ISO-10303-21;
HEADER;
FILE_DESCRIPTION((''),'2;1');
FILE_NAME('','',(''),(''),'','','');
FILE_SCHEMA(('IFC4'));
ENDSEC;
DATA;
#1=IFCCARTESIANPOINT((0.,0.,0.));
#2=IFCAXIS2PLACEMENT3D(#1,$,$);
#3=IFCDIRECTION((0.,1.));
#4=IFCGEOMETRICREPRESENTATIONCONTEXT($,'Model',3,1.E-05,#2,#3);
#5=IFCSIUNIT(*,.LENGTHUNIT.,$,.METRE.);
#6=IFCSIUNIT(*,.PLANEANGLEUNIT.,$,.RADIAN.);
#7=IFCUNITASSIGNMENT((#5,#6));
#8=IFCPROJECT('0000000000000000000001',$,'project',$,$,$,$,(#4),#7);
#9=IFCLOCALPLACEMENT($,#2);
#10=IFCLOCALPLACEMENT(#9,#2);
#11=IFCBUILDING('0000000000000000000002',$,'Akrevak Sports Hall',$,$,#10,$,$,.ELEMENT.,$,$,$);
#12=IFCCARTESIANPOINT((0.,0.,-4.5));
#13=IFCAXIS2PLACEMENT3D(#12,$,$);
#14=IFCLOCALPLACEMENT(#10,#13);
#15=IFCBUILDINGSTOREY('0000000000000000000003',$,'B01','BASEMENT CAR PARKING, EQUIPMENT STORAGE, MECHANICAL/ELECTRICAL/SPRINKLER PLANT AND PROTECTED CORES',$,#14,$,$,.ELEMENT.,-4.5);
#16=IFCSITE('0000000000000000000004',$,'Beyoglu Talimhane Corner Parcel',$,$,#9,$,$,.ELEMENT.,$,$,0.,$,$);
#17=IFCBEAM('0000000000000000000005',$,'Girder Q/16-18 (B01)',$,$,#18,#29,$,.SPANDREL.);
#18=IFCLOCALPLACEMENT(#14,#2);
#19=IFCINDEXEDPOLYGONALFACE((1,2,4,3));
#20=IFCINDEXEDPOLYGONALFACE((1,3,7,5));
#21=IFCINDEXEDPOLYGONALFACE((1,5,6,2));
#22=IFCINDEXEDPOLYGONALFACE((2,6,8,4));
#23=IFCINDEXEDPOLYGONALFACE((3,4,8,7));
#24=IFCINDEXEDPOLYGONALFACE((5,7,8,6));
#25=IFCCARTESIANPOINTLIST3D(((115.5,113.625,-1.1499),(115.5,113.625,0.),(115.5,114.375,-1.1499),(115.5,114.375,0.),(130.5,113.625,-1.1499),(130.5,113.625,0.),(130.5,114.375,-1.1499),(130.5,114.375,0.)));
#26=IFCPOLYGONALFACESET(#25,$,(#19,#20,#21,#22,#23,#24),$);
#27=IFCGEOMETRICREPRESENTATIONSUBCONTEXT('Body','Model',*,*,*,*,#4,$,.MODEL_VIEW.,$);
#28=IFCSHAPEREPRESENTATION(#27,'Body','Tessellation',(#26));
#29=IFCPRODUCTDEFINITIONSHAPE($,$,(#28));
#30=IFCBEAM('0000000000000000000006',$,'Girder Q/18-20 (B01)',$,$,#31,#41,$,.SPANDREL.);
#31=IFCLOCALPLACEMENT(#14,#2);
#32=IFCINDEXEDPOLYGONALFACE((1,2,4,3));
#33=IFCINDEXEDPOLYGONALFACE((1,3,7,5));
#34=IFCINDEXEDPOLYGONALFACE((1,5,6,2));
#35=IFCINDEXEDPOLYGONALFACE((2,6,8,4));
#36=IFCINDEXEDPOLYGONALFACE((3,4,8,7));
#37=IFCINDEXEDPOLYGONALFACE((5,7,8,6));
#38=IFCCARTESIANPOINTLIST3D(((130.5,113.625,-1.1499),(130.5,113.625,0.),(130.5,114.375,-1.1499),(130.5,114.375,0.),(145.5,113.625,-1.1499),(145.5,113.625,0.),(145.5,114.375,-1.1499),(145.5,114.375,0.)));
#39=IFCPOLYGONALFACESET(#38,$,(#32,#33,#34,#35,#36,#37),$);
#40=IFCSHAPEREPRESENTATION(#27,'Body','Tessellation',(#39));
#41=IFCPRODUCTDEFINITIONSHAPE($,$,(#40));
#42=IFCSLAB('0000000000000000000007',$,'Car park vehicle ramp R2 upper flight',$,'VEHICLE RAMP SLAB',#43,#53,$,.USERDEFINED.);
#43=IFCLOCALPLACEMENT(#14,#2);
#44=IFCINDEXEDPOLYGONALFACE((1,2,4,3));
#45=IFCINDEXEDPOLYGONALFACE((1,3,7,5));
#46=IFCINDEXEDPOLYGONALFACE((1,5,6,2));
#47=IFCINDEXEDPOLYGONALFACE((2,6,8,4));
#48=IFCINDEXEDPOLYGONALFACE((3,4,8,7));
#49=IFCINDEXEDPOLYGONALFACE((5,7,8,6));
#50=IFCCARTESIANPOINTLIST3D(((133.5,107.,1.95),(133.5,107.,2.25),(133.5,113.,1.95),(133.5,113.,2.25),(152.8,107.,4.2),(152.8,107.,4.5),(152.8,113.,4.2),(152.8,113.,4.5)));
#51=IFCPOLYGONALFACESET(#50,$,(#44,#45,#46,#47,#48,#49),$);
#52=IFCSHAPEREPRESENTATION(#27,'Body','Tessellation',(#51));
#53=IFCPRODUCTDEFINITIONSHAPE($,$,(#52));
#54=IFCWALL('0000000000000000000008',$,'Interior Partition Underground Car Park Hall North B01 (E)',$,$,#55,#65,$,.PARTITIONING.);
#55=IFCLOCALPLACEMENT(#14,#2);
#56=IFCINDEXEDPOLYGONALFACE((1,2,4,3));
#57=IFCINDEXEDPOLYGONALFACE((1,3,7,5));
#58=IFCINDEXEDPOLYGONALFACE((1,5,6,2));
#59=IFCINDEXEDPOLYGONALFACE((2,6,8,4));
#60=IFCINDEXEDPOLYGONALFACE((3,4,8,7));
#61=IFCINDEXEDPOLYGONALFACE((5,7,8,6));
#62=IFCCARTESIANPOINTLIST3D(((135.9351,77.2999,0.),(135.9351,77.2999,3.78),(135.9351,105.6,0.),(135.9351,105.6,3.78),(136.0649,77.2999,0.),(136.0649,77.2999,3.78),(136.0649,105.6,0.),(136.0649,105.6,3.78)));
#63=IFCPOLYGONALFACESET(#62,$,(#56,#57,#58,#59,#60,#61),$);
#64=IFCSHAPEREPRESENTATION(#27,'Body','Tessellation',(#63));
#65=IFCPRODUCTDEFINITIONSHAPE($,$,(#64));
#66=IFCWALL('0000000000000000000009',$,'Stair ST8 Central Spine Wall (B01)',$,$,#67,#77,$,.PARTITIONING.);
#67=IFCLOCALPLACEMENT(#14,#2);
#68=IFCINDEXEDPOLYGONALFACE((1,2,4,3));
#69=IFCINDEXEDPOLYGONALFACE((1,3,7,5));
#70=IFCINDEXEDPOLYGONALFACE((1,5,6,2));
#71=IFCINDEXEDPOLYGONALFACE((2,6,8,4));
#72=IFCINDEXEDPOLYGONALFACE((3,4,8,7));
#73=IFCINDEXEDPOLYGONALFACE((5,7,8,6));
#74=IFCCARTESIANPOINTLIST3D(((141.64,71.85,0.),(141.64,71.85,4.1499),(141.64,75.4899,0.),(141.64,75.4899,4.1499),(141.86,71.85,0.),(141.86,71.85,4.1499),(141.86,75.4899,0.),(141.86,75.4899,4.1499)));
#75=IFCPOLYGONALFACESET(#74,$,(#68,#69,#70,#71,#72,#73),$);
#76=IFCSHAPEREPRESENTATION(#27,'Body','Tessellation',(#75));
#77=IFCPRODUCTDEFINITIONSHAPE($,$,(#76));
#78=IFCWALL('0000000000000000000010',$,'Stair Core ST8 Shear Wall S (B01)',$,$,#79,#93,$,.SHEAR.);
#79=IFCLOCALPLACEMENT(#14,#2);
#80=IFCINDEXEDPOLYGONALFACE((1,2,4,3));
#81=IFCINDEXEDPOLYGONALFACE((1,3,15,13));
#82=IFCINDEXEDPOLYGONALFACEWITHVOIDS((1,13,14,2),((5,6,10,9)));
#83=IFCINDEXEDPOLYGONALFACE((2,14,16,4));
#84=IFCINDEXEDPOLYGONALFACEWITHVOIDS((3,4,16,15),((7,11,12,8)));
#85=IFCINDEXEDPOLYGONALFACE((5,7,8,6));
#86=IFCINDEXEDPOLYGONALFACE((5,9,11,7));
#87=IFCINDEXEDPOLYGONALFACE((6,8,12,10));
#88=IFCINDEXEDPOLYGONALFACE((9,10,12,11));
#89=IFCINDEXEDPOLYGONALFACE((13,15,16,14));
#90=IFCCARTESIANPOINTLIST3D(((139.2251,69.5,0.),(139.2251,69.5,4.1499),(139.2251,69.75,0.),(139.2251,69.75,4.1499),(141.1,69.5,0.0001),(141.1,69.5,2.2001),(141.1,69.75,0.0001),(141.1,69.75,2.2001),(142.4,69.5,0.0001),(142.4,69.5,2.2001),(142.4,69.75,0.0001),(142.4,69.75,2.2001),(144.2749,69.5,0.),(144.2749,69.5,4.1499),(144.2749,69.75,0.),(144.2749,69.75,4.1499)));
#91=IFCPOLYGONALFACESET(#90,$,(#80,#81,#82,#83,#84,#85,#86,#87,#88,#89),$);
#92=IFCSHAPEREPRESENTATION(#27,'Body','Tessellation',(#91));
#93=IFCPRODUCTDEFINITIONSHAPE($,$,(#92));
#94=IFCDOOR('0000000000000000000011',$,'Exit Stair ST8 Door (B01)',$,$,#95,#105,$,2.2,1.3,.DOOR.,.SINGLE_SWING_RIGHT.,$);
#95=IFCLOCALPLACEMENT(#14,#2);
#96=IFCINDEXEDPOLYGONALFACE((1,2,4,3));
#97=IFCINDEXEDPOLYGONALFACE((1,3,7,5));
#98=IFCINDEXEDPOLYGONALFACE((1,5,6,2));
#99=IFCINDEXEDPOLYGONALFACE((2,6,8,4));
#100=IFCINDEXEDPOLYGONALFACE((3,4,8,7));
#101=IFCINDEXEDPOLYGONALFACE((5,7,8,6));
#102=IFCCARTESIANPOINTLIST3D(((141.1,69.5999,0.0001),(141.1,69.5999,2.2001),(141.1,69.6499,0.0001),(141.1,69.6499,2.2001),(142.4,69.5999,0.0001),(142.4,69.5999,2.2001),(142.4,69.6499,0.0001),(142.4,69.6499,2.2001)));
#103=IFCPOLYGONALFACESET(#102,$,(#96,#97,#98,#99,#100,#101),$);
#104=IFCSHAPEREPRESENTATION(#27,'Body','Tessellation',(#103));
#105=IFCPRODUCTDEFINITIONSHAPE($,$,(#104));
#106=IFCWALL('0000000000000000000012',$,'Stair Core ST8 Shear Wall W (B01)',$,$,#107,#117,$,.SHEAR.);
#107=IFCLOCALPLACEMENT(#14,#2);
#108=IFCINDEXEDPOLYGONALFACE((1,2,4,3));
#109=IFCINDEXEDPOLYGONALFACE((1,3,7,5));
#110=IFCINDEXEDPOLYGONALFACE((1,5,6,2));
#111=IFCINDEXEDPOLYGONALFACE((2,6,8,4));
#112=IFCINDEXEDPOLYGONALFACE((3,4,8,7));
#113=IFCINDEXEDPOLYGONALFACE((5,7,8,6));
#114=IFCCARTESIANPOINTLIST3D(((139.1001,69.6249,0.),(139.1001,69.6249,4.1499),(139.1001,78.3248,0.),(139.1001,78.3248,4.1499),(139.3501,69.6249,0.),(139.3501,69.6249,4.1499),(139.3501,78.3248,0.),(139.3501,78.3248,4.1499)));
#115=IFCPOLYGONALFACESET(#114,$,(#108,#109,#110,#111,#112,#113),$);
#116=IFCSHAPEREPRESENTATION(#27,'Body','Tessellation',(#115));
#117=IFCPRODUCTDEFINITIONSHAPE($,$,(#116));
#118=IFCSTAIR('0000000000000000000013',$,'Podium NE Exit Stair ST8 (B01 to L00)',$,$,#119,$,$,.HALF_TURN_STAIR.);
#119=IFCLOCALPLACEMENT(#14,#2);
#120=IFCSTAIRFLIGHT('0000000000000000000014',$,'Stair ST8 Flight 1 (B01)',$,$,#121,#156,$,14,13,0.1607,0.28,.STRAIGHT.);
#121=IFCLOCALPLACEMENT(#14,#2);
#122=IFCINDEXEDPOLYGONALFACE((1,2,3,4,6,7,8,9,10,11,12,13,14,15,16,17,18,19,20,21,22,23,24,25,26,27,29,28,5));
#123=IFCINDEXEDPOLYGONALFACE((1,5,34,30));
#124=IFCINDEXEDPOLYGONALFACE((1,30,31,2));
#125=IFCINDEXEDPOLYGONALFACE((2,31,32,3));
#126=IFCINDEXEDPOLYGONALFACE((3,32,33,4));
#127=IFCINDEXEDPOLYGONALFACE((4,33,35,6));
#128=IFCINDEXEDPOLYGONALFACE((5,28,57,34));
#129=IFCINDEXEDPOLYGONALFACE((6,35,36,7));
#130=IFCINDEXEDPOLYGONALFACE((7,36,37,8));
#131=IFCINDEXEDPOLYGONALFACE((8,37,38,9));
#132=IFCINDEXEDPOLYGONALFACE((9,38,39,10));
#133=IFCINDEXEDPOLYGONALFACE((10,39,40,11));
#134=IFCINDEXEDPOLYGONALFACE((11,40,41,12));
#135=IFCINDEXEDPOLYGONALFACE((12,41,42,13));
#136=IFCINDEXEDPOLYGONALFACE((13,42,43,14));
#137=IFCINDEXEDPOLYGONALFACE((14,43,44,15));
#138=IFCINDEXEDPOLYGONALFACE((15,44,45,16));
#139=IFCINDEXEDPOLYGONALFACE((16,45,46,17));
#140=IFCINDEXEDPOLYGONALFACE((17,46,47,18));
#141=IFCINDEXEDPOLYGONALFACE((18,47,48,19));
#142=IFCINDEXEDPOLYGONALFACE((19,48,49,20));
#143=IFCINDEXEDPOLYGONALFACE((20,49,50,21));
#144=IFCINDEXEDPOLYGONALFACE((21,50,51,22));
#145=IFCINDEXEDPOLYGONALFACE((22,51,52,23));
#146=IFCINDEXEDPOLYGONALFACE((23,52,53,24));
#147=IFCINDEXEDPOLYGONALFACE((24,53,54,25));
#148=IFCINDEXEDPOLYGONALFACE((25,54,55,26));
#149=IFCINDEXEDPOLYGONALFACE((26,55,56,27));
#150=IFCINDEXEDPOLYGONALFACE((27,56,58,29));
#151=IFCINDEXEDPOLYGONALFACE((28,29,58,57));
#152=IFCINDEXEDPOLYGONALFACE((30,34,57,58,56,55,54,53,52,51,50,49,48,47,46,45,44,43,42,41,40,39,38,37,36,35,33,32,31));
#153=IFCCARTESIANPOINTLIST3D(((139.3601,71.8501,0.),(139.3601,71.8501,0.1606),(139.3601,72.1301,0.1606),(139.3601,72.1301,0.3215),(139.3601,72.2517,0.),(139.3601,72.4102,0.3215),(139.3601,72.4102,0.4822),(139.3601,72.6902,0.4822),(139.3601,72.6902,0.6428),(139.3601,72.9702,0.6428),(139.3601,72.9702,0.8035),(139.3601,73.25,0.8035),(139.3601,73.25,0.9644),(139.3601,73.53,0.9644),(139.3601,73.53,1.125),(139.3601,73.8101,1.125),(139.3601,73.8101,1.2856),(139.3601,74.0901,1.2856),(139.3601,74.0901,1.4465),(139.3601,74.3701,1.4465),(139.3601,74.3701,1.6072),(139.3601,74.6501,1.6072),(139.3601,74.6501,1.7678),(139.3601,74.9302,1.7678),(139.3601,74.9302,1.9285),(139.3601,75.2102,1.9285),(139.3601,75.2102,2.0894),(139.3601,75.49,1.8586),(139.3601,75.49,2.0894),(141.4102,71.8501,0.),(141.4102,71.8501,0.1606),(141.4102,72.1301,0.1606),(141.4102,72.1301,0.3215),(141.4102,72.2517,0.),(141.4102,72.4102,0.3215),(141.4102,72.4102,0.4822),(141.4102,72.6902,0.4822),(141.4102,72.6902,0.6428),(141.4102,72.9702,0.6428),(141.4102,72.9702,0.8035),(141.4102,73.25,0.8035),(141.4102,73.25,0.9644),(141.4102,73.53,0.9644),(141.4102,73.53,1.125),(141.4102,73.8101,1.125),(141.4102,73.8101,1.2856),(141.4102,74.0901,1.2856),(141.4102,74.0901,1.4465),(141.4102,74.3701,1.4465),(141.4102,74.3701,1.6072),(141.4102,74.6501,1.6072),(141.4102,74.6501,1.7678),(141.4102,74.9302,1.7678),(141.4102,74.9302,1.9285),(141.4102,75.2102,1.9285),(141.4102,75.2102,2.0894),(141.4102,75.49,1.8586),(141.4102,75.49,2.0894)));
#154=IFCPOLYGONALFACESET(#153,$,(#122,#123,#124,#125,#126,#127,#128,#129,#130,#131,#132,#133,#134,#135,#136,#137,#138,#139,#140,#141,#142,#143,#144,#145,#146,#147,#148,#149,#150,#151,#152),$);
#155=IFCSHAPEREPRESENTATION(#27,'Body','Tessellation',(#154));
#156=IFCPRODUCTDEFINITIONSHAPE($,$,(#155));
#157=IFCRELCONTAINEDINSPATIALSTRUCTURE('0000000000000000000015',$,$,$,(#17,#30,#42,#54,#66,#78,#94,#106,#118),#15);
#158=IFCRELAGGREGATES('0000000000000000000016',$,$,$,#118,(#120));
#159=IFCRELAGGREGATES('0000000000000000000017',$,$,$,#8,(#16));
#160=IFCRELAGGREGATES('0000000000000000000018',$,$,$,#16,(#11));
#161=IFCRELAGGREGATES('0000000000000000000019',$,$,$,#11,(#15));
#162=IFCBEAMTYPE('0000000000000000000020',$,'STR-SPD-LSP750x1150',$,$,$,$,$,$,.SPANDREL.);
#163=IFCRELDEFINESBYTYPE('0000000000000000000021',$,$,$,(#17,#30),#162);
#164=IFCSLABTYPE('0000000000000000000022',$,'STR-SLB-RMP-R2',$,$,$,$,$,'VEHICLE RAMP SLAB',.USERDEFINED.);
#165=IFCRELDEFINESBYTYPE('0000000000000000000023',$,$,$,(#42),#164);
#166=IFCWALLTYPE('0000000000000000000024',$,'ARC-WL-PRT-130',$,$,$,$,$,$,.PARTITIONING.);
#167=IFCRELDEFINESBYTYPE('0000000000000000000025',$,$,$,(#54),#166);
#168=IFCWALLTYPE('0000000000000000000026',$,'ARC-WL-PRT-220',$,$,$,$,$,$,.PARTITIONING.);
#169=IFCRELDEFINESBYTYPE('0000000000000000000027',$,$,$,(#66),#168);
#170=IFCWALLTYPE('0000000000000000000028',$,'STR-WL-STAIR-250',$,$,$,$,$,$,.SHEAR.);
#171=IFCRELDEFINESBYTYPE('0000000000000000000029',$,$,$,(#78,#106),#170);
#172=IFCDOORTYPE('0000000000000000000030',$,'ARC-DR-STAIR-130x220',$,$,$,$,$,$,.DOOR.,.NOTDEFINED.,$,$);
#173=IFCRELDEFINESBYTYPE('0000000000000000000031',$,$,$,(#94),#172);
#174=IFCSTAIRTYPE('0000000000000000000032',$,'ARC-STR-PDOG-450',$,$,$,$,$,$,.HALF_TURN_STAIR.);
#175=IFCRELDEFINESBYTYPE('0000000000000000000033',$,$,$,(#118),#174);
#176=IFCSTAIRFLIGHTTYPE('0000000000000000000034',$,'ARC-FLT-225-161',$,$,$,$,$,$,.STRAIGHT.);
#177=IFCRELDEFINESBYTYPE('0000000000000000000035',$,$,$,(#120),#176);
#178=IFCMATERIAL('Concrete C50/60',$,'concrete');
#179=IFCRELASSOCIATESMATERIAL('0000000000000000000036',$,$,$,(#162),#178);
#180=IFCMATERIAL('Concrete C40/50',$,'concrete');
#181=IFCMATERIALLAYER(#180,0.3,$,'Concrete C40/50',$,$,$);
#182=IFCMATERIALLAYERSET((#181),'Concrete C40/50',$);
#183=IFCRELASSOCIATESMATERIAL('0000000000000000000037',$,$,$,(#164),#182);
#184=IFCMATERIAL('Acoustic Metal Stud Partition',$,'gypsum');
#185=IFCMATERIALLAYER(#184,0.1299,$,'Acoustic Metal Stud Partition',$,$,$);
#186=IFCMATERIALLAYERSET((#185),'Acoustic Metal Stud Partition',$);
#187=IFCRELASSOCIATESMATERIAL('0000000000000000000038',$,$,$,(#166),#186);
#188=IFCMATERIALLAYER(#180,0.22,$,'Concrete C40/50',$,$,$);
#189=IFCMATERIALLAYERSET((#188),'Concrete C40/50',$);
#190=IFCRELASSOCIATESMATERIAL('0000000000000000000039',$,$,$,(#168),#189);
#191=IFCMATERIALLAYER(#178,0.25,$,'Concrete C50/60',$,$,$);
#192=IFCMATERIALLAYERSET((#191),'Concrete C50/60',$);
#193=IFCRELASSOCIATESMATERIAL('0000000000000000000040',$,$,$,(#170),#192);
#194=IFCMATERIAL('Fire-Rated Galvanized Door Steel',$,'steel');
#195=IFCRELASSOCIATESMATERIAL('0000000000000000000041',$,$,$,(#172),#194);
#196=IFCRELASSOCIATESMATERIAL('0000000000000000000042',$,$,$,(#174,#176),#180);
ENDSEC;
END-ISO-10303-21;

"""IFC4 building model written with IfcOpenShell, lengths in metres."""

from ifc_helpers import new_model, si_unit, direction, frame, frame_2d, origin, origin_2d, place, context, subcontext, project, spatial, polyline, rectangle, outline, extrude, material, layer, layer_set, material_profile, profile_set, type_object, element, fill, aggregate, save


model = new_model("IFC4")

# Units and contexts
model_context = context("Model", 3, precision=1e-05, world=origin(), true_north=direction((0.0, 1.0)))
body_context = subcontext(model_context, "Body", "Model", "MODEL_VIEW")
ifc_project = project(units=[si_unit("LENGTHUNIT", "METRE"), si_unit("PLANEANGLEUNIT", "RADIAN")], contexts=[model_context])

# Site, building, storey
site_placement = place(None, origin())
site = spatial("IfcSite", under=ifc_project, at=site_placement, Name="Beyoglu Talimhane Corner Parcel", CompositionType="ELEMENT", RefElevation=0.0)
building_placement = place(site_placement, origin())
building = spatial("IfcBuilding", under=site, at=building_placement, Name="Akrevak Sports Hall", CompositionType="ELEMENT")
storey_placement = place(building_placement, frame((0.0, 0.0, -4.5)))
storey = spatial("IfcBuildingStorey", under=building, at=storey_placement, Name="B01", Description="BASEMENT CAR PARKING, EQUIPMENT STORAGE, MECHANICAL/ELECTRICAL/SPRINKLER PLANT AND PROTECTED CORES", CompositionType="ELEMENT", Elevation=-4.5)

# Shared definitions
ifc_material_1 = material(Name="Concrete C40/50", Category="concrete")
ifc_material_2 = material(Name="Concrete C50/60", Category="concrete")

# Beams
ifc_material_profile_1 = material_profile(ifc_material_2, rectangle(XDim=0.75, YDim=1.1499, at=origin_2d()), Name="SPD 750x1150", Category="concrete")
ifc_profile_set_1 = profile_set([ifc_material_profile_1], Name="Concrete C50/60")
beam_type_1 = type_object("IfcBeamType", Name="STR-SPD-LSP750x1150", PredefinedType="SPANDREL", material=ifc_profile_set_1)
for number, where, z_axis, x_axis, name in (
    (1, (115.5, 114.0, -0.575), (1.0, 0.0, 0.0), (0.0, 1.0, 0.0), "Girder Q/16-18 (B01)"),
    (2, (130.5, 114.0, -0.575), (1.0, 0.0, 0.0), (0.0, 1.0, 0.0), "Girder Q/18-20 (B01)"),
):
    element("IfcBeam", number, at=place(storey_placement, frame(where, z_axis=z_axis, x_axis=x_axis)), inside=storey, type_object=beam_type_1, Name=name, PredefinedType="SPANDREL", context=body_context, shape_type="SweptSolid", body=[
        extrude(rectangle(XDim=0.75, YDim=1.1499, at=origin_2d()), origin(), (0.0, 0.0, 1.0), 15.0),
    ])

# Slab
ifc_layer_1 = layer(ifc_material_1, 0.3, Name="Concrete C40/50")
ifc_layer_set_1 = layer_set([ifc_layer_1], Name="Concrete C40/50")
slab_type = type_object("IfcSlabType", Name="STR-SLB-RMP-R2", ElementType="VEHICLE RAMP SLAB", PredefinedType="USERDEFINED", material=ifc_layer_set_1)
slab_placement = place(storey_placement, frame((133.5, 110.0, 2.25), z_axis=(0.0, 0.0, 1.0), x_axis=(1.0, 0.0, 0.0)))
element("IfcSlab", 3, at=slab_placement, inside=storey, type_object=slab_type, Name="Car park vehicle ramp R2 upper flight", ObjectType="VEHICLE RAMP SLAB", PredefinedType="USERDEFINED", context=body_context, shape_type="SweptSolid", body=[
    extrude(outline(polyline([(0.0, 0.0), (19.3, 2.25), (19.3, 1.95), (0.0, -0.3), (0.0, 0.0)])), frame((0.0, 3.0, 0.0), z_axis=(0.0, -1.0, 0.0), x_axis=(1.0, 0.0, 0.0)), (0.0, 0.0, 1.0), 6.0),
])

# Walls
ifc_material_3 = material(Name="Acoustic Metal Stud Partition", Category="gypsum")
ifc_layer_2 = layer(ifc_material_3, 0.1299, Name="Acoustic Metal Stud Partition")
ifc_layer_set_2 = layer_set([ifc_layer_2], Name="Acoustic Metal Stud Partition")
wall_type_1 = type_object("IfcWallType", Name="ARC-WL-PRT-130", PredefinedType="PARTITIONING", material=ifc_layer_set_2)
wall_1_placement = place(storey_placement, frame((136.0, 77.3, 0.0), z_axis=(0.0, 0.0, 1.0), x_axis=(0.0, 1.0, 0.0)))
element("IfcWall", 4, at=wall_1_placement, inside=storey, type_object=wall_type_1, Name="Interior Partition Underground Car Park Hall North B01 (E)", PredefinedType="PARTITIONING", context=body_context, shape_type="SweptSolid", body=[
    extrude(rectangle(XDim=28.3, YDim=0.1299, at=frame_2d((14.1499, 0.0))), origin(), (0.0, 0.0, 1.0), 3.78),
])
ifc_layer_3 = layer(ifc_material_1, 0.22, Name="Concrete C40/50")
ifc_layer_set_3 = layer_set([ifc_layer_3], Name="Concrete C40/50")
wall_type_2 = type_object("IfcWallType", Name="ARC-WL-PRT-220", PredefinedType="PARTITIONING", material=ifc_layer_set_3)
wall_2_placement = place(storey_placement, frame((141.75, 71.8501, 0.0), z_axis=(0.0, 0.0, 1.0), x_axis=(0.0, 1.0, 0.0)))
element("IfcWall", 5, at=wall_2_placement, inside=storey, type_object=wall_type_2, Name="Stair ST8 Central Spine Wall (B01)", PredefinedType="PARTITIONING", context=body_context, shape_type="SweptSolid", body=[
    extrude(rectangle(XDim=3.6399, YDim=0.22, at=frame_2d((1.8198, 0.0))), origin(), (0.0, 0.0, 1.0), 4.1499),
])

# Wall, opening, door
ifc_layer_4 = layer(ifc_material_2, 0.25, Name="Concrete C50/60")
ifc_layer_set_4 = layer_set([ifc_layer_4], Name="Concrete C50/60")
wall_type_3 = type_object("IfcWallType", Name="STR-WL-STAIR-250", PredefinedType="SHEAR", material=ifc_layer_set_4)
wall_3_placement = place(storey_placement, frame((139.2251, 69.625, 0.0), z_axis=(0.0, 0.0, 1.0), x_axis=(1.0, 0.0, 0.0)))
wall_3 = element("IfcWall", 6, at=wall_3_placement, inside=storey, type_object=wall_type_3, Name="Stair Core ST8 Shear Wall S (B01)", PredefinedType="SHEAR", context=body_context, shape_type="SweptSolid", body=[
    extrude(rectangle(XDim=5.0498, YDim=0.25, at=frame_2d((2.5249, 0.0))), origin(), (0.0, 0.0, 1.0), 4.1499),
])
opening_placement = place(wall_3_placement, frame((1.875, 0.0, 0.0)))
opening = element("IfcOpeningElement", 7, at=opening_placement, cuts=wall_3, PredefinedType="OPENING", context=body_context, shape_type="SweptSolid", body=[
    extrude(rectangle(XDim=1.3, YDim=2.2, at=frame_2d((0.6499, 1.1001))), frame((0.0, 0.137, 0.0), z_axis=(0.0, -1.0, 0.0), x_axis=(1.0, 0.0, 0.0)), (0.0, 0.0, 1.0), 0.2739),
])
ifc_material_4 = material(Name="Fire-Rated Galvanized Door Steel", Category="steel")
door_type = type_object("IfcDoorType", Name="ARC-DR-STAIR-130x220", OperationType="NOTDEFINED", PredefinedType="DOOR", material=ifc_material_4)
door_placement = place(opening_placement, origin())
door = element("IfcDoor", 8, at=door_placement, inside=storey, type_object=door_type, Name="Exit Stair ST8 Door (B01)", OperationType="SINGLE_SWING_RIGHT", OverallHeight=2.2, OverallWidth=1.3, PredefinedType="DOOR", context=body_context, shape_type="SweptSolid", body=[
    extrude(rectangle(XDim=1.3, YDim=2.2, at=frame_2d((0.6499, 1.1001))), frame((0.0, 0.0249, 0.0), z_axis=(0.0, -1.0, 0.0), x_axis=(1.0, 0.0, 0.0)), (0.0, 0.0, 1.0), 0.05),
])
fill(opening, door)

# Wall
wall_4_placement = place(storey_placement, frame((139.2251, 78.325, 0.0), z_axis=(0.0, 0.0, 1.0), x_axis=(0.0, -1.0, 0.0)))
element("IfcWall", 9, at=wall_4_placement, inside=storey, type_object=wall_type_3, Name="Stair Core ST8 Shear Wall W (B01)", PredefinedType="SHEAR", context=body_context, shape_type="SweptSolid", body=[
    extrude(rectangle(XDim=8.7, YDim=0.25, at=frame_2d((4.3501, 0.0))), origin(), (0.0, 0.0, 1.0), 4.1499),
])

# Stair, stair flight
stair_type = type_object("IfcStairType", Name="ARC-STR-PDOG-450", PredefinedType="HALF_TURN_STAIR", material=ifc_material_1)
stair_placement = place(storey_placement, origin())
stair = element("IfcStair", 10, at=stair_placement, inside=storey, type_object=stair_type, Name="Podium NE Exit Stair ST8 (B01 to L00)", PredefinedType="HALF_TURN_STAIR")
stair_flight_type = type_object("IfcStairFlightType", Name="ARC-FLT-225-161", PredefinedType="STRAIGHT", material=ifc_material_1)
stair_flight_placement = place(storey_placement, frame((140.385, 71.8501, 0.0), z_axis=(0.0, 0.0, 1.0), x_axis=(0.0, 1.0, 0.0)))
stair_flight = element("IfcStairFlight", 11, at=stair_flight_placement, type_object=stair_flight_type, Name="Stair ST8 Flight 1 (B01)", NumberOfRisers=14, NumberOfTreads=13, PredefinedType="STRAIGHT", RiserHeight=0.1607, TreadLength=0.28, context=body_context, shape_type="SweptSolid", body=[
    extrude(outline(polyline([(0.0, 0.0), (0.0, 0.1606), (0.28, 0.1606), (0.28, 0.3215), (0.5601, 0.3215), (0.5601, 0.4822), (0.8401, 0.4822), (0.8401, 0.6428), (1.1201, 0.6428), (1.1201, 0.8035), (1.3999, 0.8035), (1.3999, 0.9644), (1.6799, 0.9644), (1.6799, 1.125), (1.96, 1.125), (1.96, 1.2856), (2.24, 1.2856), (2.24, 1.4465), (2.52, 1.4465), (2.52, 1.6072), (2.8, 1.6072), (2.8, 1.7678), (3.0801, 1.7678), (3.0801, 1.9285), (3.3601, 1.9285), (3.3601, 2.0894), (3.6399, 2.0894), (3.6399, 2.25), (3.6399, 1.8586), (0.4016, 0.0), (0.0, 0.0)])), frame((0.0, 1.0249, 0.0), z_axis=(0.0, -1.0, 0.0), x_axis=(1.0, 0.0, 0.0)), (0.0, 0.0, 1.0), 2.05),
])
aggregate(stair, [stair_flight])

save(model, "model.ifc")
